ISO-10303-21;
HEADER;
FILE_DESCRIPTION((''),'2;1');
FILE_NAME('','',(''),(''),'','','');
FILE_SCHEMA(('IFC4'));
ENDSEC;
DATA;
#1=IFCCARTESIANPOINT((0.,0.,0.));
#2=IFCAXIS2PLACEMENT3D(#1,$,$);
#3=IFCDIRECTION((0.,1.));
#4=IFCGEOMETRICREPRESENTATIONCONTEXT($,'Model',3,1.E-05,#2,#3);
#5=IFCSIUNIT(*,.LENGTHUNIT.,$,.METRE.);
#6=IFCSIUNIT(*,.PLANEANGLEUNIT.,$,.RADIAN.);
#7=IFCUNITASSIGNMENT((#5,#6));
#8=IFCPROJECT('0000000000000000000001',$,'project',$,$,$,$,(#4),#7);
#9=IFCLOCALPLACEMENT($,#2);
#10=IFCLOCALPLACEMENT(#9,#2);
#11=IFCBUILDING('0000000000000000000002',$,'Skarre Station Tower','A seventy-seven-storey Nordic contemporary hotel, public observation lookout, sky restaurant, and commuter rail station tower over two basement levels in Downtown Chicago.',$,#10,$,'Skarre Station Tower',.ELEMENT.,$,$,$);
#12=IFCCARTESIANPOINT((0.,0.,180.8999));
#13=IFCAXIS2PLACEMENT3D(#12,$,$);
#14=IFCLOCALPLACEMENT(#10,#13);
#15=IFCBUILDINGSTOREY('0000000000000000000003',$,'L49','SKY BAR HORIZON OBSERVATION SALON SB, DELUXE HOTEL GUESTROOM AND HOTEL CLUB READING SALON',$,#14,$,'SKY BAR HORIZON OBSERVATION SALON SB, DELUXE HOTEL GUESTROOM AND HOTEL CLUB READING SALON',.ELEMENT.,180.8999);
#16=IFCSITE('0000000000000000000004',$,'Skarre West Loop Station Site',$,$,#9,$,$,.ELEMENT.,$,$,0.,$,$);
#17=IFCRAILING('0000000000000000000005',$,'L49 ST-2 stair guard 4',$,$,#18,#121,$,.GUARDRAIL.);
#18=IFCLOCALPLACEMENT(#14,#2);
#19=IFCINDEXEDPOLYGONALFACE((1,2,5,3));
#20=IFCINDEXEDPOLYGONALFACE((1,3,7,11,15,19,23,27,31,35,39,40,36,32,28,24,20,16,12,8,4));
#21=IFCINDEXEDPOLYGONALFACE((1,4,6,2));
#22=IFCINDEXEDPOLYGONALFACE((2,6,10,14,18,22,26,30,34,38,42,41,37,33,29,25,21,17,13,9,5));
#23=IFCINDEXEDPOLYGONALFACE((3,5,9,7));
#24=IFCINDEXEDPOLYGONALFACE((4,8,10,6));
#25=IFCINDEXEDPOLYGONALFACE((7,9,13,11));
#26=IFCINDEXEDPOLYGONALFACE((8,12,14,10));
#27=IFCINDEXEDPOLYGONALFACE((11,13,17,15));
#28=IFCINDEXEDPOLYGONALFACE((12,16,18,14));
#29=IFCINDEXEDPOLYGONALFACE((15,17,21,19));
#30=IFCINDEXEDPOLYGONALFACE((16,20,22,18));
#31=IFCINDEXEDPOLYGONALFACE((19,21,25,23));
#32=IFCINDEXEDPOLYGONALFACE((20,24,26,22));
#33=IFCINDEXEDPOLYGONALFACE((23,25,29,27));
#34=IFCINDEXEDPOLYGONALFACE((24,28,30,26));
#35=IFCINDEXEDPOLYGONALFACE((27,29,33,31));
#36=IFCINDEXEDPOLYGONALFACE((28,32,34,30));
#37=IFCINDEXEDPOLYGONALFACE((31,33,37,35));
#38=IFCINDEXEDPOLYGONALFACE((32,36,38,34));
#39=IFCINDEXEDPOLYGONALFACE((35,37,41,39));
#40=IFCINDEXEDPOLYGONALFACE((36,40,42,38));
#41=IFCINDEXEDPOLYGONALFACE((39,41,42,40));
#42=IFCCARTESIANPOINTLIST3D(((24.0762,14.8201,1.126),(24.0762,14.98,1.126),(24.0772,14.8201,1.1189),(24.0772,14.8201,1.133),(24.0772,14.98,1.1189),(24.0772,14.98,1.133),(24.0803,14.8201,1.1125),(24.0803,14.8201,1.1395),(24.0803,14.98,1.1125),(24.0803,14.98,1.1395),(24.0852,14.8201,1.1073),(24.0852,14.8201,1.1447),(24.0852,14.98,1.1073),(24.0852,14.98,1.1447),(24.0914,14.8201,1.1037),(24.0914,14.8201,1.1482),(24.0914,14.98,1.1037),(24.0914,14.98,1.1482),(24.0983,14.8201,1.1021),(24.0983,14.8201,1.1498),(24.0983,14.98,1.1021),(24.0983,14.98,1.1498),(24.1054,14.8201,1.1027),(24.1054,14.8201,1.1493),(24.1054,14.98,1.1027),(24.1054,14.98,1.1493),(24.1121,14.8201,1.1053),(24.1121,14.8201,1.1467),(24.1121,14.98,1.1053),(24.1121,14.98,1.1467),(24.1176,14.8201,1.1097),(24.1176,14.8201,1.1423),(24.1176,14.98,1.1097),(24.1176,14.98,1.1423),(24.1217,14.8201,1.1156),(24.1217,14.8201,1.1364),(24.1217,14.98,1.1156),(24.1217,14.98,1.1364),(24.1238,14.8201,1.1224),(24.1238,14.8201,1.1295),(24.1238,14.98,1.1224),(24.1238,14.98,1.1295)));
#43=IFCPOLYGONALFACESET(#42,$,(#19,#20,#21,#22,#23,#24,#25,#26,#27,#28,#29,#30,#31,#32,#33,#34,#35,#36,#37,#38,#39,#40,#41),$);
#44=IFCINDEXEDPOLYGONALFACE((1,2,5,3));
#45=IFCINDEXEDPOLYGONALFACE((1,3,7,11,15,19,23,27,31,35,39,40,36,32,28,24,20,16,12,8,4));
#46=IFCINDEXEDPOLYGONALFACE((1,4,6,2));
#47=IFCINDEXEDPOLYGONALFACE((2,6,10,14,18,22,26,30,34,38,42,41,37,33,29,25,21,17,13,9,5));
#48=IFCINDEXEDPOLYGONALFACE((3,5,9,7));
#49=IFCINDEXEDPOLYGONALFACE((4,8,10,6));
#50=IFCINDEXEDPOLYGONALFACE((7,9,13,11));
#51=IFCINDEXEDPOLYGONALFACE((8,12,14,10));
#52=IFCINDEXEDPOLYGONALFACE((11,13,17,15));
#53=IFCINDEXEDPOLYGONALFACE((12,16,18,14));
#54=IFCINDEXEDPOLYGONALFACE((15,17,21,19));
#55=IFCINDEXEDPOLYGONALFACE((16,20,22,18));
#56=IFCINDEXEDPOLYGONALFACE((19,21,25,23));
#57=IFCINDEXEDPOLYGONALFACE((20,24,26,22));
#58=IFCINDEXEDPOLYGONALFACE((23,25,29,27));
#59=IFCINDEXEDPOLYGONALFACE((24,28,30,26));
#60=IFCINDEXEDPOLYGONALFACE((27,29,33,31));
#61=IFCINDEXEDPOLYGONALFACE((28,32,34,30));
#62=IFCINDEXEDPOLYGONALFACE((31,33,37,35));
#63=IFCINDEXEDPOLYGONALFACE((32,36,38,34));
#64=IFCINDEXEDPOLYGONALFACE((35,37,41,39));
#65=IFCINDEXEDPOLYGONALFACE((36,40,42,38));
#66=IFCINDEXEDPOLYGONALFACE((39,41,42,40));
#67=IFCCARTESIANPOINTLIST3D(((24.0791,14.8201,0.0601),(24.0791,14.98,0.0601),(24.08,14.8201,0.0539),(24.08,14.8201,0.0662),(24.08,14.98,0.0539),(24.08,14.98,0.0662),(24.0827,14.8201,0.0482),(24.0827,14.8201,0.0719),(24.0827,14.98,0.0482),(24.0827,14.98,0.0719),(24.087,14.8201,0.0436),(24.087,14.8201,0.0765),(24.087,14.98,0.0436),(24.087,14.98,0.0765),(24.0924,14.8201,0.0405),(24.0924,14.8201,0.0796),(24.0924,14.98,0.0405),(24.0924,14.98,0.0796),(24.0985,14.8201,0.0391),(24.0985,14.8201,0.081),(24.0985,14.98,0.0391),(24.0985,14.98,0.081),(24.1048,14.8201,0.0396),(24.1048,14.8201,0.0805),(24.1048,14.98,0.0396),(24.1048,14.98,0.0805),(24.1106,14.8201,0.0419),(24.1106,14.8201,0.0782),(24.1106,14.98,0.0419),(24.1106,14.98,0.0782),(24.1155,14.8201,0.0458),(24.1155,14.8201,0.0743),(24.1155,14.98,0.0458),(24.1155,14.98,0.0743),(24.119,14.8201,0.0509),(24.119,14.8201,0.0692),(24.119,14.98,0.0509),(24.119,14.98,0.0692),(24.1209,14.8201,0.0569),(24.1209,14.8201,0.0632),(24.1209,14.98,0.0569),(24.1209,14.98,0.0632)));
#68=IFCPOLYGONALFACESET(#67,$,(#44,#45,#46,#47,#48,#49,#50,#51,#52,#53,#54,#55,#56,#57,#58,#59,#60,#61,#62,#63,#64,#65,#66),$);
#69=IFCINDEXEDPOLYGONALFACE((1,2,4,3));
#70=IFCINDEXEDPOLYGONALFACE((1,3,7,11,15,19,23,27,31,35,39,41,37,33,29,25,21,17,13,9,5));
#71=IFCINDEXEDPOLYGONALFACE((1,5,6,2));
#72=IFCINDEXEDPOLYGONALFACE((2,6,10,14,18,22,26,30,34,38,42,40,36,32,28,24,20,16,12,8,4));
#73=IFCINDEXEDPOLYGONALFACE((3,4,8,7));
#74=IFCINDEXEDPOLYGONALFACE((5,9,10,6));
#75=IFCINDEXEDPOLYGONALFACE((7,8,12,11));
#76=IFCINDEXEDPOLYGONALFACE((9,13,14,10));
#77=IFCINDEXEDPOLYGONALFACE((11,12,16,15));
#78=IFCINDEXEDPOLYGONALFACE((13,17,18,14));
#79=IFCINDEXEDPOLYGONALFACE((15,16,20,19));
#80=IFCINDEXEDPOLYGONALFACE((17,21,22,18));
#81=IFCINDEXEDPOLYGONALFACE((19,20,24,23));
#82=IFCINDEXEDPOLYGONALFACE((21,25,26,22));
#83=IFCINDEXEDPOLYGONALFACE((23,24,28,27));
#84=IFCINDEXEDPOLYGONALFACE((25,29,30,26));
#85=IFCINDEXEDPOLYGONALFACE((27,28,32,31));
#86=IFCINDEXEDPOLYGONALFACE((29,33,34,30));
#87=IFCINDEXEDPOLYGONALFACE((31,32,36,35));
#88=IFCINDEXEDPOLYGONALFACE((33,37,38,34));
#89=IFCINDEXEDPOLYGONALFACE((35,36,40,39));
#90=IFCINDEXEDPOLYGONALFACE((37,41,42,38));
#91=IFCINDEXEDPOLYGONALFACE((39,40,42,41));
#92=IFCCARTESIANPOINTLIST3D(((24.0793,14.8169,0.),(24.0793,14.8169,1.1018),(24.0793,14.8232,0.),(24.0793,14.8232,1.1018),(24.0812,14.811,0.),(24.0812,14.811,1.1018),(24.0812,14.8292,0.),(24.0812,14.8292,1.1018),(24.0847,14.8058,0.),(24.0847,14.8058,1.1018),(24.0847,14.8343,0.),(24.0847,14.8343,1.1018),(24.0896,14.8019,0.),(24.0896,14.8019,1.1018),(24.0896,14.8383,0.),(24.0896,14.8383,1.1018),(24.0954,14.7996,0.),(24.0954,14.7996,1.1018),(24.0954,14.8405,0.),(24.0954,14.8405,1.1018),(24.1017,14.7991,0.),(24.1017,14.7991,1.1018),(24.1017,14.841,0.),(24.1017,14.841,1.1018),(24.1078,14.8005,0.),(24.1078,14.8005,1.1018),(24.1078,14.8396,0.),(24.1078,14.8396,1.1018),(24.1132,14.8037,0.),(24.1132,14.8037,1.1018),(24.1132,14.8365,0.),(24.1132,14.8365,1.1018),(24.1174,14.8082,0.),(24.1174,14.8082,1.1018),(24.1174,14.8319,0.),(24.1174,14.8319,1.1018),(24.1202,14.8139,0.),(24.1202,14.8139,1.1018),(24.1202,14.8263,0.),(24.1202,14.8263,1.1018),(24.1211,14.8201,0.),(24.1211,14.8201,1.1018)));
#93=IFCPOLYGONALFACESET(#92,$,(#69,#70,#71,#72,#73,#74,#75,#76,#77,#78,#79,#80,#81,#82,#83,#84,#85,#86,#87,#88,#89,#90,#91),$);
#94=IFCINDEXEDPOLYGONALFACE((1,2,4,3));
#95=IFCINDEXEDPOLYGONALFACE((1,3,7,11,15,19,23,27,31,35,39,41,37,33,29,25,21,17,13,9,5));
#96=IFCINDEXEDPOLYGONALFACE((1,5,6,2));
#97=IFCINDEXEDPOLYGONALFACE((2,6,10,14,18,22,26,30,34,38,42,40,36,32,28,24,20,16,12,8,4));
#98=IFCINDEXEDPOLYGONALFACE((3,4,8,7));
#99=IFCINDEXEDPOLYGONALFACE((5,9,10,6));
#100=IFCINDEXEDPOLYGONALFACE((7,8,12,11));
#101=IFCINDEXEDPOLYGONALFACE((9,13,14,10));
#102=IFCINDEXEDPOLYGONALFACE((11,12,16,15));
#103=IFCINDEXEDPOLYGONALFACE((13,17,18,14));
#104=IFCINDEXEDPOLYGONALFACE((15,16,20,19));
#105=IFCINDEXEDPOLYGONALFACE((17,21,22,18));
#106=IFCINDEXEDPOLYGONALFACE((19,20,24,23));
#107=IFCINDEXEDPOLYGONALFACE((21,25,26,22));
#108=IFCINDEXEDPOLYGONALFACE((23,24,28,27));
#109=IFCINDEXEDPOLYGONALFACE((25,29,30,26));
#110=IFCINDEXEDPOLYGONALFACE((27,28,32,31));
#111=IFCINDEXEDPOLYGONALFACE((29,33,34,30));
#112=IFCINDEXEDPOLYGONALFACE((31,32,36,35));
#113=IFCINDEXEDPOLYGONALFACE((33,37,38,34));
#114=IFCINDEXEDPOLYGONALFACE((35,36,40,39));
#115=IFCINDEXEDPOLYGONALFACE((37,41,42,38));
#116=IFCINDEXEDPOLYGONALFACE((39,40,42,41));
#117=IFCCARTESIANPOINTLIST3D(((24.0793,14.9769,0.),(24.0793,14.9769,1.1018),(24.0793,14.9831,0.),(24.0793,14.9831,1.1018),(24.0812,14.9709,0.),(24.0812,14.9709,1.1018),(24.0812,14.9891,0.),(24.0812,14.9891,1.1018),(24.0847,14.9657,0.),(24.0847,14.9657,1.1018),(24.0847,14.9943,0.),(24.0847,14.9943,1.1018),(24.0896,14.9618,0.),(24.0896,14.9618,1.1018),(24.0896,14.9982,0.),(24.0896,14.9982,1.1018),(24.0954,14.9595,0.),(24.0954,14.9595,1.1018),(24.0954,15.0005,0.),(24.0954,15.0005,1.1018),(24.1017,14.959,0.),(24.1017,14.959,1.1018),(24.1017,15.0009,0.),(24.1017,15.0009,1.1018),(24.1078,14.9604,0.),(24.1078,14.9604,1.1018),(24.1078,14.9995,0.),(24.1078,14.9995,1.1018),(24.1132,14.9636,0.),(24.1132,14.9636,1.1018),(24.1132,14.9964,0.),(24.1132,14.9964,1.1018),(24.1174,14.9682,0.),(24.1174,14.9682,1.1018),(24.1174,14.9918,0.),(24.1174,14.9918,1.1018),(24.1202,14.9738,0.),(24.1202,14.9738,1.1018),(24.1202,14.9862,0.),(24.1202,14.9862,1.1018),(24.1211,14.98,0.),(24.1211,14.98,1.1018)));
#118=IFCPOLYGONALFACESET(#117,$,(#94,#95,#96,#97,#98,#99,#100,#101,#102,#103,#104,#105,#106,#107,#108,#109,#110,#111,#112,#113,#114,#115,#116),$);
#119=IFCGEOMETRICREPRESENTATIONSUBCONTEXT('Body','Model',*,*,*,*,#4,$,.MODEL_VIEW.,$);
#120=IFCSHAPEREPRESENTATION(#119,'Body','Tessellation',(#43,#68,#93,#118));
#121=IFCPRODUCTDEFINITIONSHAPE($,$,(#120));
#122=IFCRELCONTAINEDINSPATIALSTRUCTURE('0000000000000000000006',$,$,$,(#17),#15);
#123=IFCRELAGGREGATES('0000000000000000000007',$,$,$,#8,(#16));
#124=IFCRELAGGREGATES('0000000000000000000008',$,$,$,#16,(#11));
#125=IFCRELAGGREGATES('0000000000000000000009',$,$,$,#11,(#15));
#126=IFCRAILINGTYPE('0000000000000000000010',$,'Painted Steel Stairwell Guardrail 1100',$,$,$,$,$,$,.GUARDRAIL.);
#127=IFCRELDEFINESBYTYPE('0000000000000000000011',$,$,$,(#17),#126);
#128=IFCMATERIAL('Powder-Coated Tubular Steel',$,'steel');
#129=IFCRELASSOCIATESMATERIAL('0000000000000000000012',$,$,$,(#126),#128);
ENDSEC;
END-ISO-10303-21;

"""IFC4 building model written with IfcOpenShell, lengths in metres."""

from ifc_helpers import new_model, si_unit, direction, frame, origin, origin_2d, place, context, subcontext, project, spatial, circle, extrude, material, type_object, element, save


model = new_model("IFC4")

# Units and contexts
model_context = context("Model", 3, precision=1e-05, world=origin(), true_north=direction((0.0, 1.0)))
body_context = subcontext(model_context, "Body", "Model", "MODEL_VIEW")
ifc_project = project(units=[si_unit("LENGTHUNIT", "METRE"), si_unit("PLANEANGLEUNIT", "RADIAN")], contexts=[model_context])

# Site, building, storey
site_placement = place(None, origin())
site = spatial("IfcSite", under=ifc_project, at=site_placement, Name="Skarre West Loop Station Site", CompositionType="ELEMENT", RefElevation=0.0)
building_placement = place(site_placement, origin())
building = spatial("IfcBuilding", under=site, at=building_placement, Name="Skarre Station Tower", Description="A seventy-seven-storey Nordic contemporary hotel, public observation lookout, sky restaurant, and commuter rail station tower over two basement levels in Downtown Chicago.", LongName="Skarre Station Tower", CompositionType="ELEMENT")
storey_placement = place(building_placement, frame((0.0, 0.0, 180.8999)))
storey = spatial("IfcBuildingStorey", under=building, at=storey_placement, Name="L49", Description="SKY BAR HORIZON OBSERVATION SALON SB, DELUXE HOTEL GUESTROOM AND HOTEL CLUB READING SALON", LongName="SKY BAR HORIZON OBSERVATION SALON SB, DELUXE HOTEL GUESTROOM AND HOTEL CLUB READING SALON", CompositionType="ELEMENT", Elevation=180.8999)

# Railing
ifc_material_1 = material(Name="Powder-Coated Tubular Steel", Category="steel")
railing_type_1 = type_object("IfcRailingType", Name="Painted Steel Stairwell Guardrail 1100", PredefinedType="GUARDRAIL", material=ifc_material_1)
railing_1_placement = place(storey_placement, frame((24.1001, 14.8201, 0.0)))
element("IfcRailing", 1, at=railing_1_placement, inside=storey, type_object=railing_type_1, Name="L49 ST-2 stair guard 4", PredefinedType="GUARDRAIL", context=body_context, shape_type="SweptSolid", body=[
    extrude(circle(Radius=0.0239, at=origin_2d()), frame((0.0, 0.0, 1.126), z_axis=(0.0, 1.0, 0.0), x_axis=(-1.0, 0.0, 0.0)), (0.0, 0.0, 1.0), 0.1599),
    extrude(circle(Radius=0.021, at=origin_2d()), frame((0.0, 0.0, 0.0601), z_axis=(0.0, 1.0, 0.0), x_axis=(-1.0, 0.0, 0.0)), (0.0, 0.0, 1.0), 0.1599),
    extrude(circle(Radius=0.021, at=origin_2d()), origin(), (0.0, 0.0, 1.0), 1.1018),
    extrude(circle(Radius=0.021, at=origin_2d()), frame((0.0, 0.1599, 0.0)), (0.0, 0.0, 1.0), 1.1018),
])

save(model, "model.ifc")
